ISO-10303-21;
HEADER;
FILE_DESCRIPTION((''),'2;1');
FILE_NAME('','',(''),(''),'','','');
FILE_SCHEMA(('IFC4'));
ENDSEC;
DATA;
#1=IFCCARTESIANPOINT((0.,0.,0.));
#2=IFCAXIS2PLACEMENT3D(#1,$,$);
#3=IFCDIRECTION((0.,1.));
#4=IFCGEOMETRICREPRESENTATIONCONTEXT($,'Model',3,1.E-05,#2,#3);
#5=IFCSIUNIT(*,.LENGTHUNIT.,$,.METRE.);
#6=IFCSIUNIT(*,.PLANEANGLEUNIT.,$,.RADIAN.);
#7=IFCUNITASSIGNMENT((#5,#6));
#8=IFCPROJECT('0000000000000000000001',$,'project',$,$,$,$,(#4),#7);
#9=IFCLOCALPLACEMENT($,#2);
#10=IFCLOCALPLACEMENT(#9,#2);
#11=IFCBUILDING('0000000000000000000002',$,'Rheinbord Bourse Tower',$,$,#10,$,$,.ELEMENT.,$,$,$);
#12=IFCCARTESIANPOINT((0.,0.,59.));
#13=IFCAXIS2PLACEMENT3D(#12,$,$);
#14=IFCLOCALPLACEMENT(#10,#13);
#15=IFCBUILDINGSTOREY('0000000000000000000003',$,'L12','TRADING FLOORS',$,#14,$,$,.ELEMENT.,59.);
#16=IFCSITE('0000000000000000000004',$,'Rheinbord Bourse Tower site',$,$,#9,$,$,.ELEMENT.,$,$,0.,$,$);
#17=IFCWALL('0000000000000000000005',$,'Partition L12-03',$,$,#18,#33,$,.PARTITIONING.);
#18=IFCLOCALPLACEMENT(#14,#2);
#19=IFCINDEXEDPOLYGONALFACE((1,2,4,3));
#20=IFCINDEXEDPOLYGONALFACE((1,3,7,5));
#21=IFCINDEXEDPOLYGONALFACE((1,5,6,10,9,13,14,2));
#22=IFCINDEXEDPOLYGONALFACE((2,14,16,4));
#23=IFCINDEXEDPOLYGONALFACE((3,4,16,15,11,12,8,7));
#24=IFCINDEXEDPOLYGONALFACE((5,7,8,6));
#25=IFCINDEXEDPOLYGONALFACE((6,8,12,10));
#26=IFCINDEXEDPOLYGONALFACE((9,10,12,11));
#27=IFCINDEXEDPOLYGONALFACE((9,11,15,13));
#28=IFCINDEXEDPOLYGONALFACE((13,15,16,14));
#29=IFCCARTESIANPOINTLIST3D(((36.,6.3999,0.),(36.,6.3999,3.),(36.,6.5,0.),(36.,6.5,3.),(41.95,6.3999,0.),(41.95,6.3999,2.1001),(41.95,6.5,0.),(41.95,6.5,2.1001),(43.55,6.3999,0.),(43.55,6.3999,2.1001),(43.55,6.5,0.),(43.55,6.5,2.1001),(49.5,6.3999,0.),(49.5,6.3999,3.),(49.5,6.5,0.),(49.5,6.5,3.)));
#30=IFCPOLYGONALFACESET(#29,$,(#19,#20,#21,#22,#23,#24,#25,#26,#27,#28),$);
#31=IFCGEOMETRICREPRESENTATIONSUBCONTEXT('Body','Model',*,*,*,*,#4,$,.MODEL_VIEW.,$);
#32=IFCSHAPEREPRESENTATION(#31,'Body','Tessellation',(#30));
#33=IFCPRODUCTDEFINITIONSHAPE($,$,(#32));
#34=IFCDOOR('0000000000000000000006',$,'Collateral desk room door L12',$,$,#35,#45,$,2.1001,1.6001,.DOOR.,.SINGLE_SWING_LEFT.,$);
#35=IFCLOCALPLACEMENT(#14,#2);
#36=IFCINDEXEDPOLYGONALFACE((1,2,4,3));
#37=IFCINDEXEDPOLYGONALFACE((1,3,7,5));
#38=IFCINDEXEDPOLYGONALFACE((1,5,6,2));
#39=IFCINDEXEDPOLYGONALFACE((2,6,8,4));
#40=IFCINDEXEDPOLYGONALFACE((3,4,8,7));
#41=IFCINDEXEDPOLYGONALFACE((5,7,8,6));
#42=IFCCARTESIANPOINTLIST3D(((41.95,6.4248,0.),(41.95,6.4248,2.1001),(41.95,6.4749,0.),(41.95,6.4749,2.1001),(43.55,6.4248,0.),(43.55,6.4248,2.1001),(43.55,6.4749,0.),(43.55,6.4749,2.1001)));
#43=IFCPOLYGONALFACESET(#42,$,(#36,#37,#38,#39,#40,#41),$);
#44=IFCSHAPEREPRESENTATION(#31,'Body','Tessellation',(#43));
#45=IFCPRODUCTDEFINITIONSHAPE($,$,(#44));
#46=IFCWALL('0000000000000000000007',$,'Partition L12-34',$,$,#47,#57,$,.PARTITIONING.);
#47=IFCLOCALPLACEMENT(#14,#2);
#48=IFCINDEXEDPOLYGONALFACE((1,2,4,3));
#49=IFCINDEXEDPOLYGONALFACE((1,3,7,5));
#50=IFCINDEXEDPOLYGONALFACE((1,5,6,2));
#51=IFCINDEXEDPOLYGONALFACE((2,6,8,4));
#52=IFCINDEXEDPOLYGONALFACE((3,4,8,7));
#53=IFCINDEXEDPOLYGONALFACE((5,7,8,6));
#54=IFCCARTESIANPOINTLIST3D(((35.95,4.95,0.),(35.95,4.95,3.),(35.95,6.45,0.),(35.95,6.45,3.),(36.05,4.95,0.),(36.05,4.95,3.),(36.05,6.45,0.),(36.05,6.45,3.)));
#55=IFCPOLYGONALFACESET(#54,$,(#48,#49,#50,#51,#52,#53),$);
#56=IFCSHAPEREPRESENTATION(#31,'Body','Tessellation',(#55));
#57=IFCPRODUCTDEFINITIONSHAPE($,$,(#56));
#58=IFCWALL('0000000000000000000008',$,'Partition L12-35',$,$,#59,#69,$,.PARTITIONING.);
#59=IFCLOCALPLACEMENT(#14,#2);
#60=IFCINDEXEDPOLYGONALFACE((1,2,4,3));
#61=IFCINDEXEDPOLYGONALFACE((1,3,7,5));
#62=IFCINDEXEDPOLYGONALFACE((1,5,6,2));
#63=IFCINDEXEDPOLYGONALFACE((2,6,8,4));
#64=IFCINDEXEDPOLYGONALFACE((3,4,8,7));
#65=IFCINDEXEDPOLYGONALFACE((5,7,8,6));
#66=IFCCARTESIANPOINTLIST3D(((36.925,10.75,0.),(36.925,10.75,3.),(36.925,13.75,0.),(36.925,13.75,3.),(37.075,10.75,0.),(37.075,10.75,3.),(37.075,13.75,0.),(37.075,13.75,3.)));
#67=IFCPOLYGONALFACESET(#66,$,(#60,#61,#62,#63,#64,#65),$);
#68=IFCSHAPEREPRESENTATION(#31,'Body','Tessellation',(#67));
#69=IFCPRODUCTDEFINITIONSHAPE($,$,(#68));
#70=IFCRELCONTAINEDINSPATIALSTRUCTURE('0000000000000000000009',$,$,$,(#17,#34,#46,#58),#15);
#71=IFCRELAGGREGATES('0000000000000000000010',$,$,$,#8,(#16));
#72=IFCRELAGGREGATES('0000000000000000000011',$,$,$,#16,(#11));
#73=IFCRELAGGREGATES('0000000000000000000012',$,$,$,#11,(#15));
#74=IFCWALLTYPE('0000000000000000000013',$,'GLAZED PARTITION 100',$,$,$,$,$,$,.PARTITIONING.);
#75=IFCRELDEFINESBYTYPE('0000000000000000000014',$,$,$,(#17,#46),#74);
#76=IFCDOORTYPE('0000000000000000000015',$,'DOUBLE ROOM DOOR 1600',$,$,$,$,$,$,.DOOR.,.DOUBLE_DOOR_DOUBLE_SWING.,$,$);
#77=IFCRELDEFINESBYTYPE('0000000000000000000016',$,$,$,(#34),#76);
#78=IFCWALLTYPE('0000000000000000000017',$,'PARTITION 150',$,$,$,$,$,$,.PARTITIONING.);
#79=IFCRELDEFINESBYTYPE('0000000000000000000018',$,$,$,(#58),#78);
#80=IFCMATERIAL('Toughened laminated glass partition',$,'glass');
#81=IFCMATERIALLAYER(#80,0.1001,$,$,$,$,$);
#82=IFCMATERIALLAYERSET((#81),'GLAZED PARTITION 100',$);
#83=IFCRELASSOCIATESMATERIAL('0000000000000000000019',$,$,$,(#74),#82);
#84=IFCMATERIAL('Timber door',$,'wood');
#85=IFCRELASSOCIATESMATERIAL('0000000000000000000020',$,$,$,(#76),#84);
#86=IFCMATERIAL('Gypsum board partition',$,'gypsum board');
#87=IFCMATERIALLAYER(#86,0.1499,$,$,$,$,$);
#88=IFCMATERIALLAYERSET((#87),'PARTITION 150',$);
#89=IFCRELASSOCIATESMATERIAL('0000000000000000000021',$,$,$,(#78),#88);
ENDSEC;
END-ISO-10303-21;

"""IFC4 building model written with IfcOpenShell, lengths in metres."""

from ifc_helpers import new_model, si_unit, direction, frame, frame_2d, origin, place, context, subcontext, project, spatial, rectangle, extrude, material, layer, layer_set, type_object, element, fill, save


model = new_model("IFC4")

# Units and contexts
model_context = context("Model", 3, precision=1e-05, world=origin(), true_north=direction((0.0, 1.0)))
body_context = subcontext(model_context, "Body", "Model", "MODEL_VIEW")
ifc_project = project(units=[si_unit("LENGTHUNIT", "METRE"), si_unit("PLANEANGLEUNIT", "RADIAN")], contexts=[model_context])

# Site, building, storey
site_placement = place(None, origin())
site = spatial("IfcSite", under=ifc_project, at=site_placement, Name="Rheinbord Bourse Tower site", CompositionType="ELEMENT", RefElevation=0.0)
building_placement = place(site_placement, origin())
building = spatial("IfcBuilding", under=site, at=building_placement, Name="Rheinbord Bourse Tower", CompositionType="ELEMENT")
storey_placement = place(building_placement, frame((0.0, 0.0, 59.0)))
storey = spatial("IfcBuildingStorey", under=building, at=storey_placement, Name="L12", Description="TRADING FLOORS", CompositionType="ELEMENT", Elevation=59.0)

# Wall, opening, door
ifc_material_1 = material(Name="Toughened laminated glass partition", Category="glass")
ifc_layer_1 = layer(ifc_material_1, 0.1001)
ifc_layer_set_1 = layer_set([ifc_layer_1], Name="GLAZED PARTITION 100")
wall_type_1 = type_object("IfcWallType", Name="GLAZED PARTITION 100", PredefinedType="PARTITIONING", material=ifc_layer_set_1)
wall_1_placement = place(storey_placement, frame((36.0, 6.45, 0.0), z_axis=(0.0, 0.0, 1.0), x_axis=(1.0, 0.0, 0.0)))
wall_1 = element("IfcWall", 1, at=wall_1_placement, inside=storey, type_object=wall_type_1, Name="Partition L12-03", PredefinedType="PARTITIONING", context=body_context, shape_type="SweptSolid", body=[
    extrude(rectangle(XDim=13.5, YDim=0.1001, at=frame_2d((6.75, 0.0))), origin(), (0.0, 0.0, 1.0), 3.0),
])
opening_1_placement = place(wall_1_placement, frame((5.95, 0.0, 0.0)))
opening_1 = element("IfcOpeningElement", 2, at=opening_1_placement, cuts=wall_1, PredefinedType="OPENING", context=body_context, shape_type="SweptSolid", body=[
    extrude(rectangle(XDim=1.6001, YDim=2.1001, at=frame_2d((0.8, 1.05))), frame((0.0, 0.0601, 0.0), z_axis=(0.0, -1.0, 0.0), x_axis=(1.0, 0.0, 0.0)), (0.0, 0.0, 1.0), 0.1201),
])
ifc_material_2 = material(Name="Timber door", Category="wood")
door_type_1 = type_object("IfcDoorType", Name="DOUBLE ROOM DOOR 1600", OperationType="DOUBLE_DOOR_DOUBLE_SWING", PredefinedType="DOOR", material=ifc_material_2)
door_1_placement = place(opening_1_placement, origin())
door_1 = element("IfcDoor", 3, at=door_1_placement, inside=storey, type_object=door_type_1, Name="Collateral desk room door L12", OperationType="SINGLE_SWING_LEFT", OverallHeight=2.1001, OverallWidth=1.6001, PredefinedType="DOOR", context=body_context, shape_type="SweptSolid", body=[
    extrude(rectangle(XDim=1.6001, YDim=2.1001, at=frame_2d((0.8, 1.05))), frame((0.0, 0.0249, 0.0), z_axis=(0.0, -1.0, 0.0), x_axis=(1.0, 0.0, 0.0)), (0.0, 0.0, 1.0), 0.05),
])
fill(opening_1, door_1)

# Walls
wall_2_placement = place(storey_placement, frame((36.0, 4.95, 0.0), z_axis=(0.0, 0.0, 1.0), x_axis=(0.0, 1.0, 0.0)))
element("IfcWall", 4, at=wall_2_placement, inside=storey, type_object=wall_type_1, Name="Partition L12-34", PredefinedType="PARTITIONING", context=body_context, shape_type="SweptSolid", body=[
    extrude(rectangle(XDim=1.5, YDim=0.1001, at=frame_2d((0.75, 0.0))), origin(), (0.0, 0.0, 1.0), 3.0),
])
ifc_material_3 = material(Name="Gypsum board partition", Category="gypsum board")
ifc_layer_2 = layer(ifc_material_3, 0.1499)
ifc_layer_set_2 = layer_set([ifc_layer_2], Name="PARTITION 150")
wall_type_2 = type_object("IfcWallType", Name="PARTITION 150", PredefinedType="PARTITIONING", material=ifc_layer_set_2)
wall_3_placement = place(storey_placement, frame((37.0, 10.75, 0.0), z_axis=(0.0, 0.0, 1.0), x_axis=(0.0, 1.0, 0.0)))
element("IfcWall", 5, at=wall_3_placement, inside=storey, type_object=wall_type_2, Name="Partition L12-35", PredefinedType="PARTITIONING", context=body_context, shape_type="SweptSolid", body=[
    extrude(rectangle(XDim=3.0, YDim=0.1499, at=frame_2d((1.5, 0.0))), origin(), (0.0, 0.0, 1.0), 3.0),
])

save(model, "model.ifc")
